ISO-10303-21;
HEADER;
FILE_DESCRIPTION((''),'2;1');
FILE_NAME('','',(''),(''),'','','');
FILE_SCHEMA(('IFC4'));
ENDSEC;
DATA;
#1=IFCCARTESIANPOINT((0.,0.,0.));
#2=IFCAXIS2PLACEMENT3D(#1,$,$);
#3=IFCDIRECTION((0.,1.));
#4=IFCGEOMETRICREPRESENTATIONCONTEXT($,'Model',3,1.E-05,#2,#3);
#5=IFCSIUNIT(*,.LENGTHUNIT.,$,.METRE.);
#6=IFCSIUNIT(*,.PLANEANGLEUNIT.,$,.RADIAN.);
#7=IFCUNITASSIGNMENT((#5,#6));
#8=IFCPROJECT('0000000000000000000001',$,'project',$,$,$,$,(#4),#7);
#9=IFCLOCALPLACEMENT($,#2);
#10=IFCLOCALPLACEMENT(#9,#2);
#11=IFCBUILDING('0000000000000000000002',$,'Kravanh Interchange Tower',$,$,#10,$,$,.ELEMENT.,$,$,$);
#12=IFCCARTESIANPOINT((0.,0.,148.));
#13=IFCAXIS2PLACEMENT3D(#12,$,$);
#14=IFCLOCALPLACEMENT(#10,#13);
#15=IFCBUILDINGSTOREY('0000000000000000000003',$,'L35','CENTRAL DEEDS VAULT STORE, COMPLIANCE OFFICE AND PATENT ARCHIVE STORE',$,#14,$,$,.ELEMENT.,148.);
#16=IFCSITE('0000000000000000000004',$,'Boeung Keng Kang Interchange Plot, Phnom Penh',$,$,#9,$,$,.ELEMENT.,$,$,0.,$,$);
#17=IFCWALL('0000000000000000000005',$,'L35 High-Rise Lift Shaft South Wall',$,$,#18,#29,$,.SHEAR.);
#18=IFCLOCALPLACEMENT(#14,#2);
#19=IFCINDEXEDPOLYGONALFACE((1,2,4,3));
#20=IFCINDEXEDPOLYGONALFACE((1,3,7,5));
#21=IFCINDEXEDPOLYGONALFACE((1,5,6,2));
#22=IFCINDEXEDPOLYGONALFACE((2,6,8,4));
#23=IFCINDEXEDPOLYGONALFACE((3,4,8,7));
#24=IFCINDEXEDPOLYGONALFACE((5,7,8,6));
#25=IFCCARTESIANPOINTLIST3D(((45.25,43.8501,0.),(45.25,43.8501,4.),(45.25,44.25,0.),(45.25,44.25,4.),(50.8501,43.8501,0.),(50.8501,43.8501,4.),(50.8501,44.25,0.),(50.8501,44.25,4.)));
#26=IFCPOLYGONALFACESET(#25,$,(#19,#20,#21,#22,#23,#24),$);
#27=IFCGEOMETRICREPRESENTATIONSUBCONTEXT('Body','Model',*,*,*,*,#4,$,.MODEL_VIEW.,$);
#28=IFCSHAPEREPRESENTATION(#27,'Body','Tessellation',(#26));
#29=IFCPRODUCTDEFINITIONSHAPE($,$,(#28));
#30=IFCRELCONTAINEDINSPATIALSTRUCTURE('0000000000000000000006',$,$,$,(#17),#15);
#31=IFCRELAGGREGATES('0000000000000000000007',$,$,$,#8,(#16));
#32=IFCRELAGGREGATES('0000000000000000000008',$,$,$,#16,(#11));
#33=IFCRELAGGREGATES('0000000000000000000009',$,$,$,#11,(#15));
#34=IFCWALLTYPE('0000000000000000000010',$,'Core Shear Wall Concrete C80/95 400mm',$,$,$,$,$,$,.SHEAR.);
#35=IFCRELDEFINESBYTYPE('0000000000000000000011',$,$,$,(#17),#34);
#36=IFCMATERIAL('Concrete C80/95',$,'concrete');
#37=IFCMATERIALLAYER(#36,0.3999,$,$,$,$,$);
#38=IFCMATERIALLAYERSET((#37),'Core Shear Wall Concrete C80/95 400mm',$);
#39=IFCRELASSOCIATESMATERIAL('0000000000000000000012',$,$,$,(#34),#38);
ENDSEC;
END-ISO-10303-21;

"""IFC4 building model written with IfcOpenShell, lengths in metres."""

from ifc_helpers import new_model, si_unit, direction, frame, frame_2d, origin, place, context, subcontext, project, spatial, rectangle, extrude, material, layer, layer_set, type_object, element, save


model = new_model("IFC4")

# Units and contexts
model_context = context("Model", 3, precision=1e-05, world=origin(), true_north=direction((0.0, 1.0)))
body_context = subcontext(model_context, "Body", "Model", "MODEL_VIEW")
ifc_project = project(units=[si_unit("LENGTHUNIT", "METRE"), si_unit("PLANEANGLEUNIT", "RADIAN")], contexts=[model_context])

# Site, building, storey
site_placement = place(None, origin())
site = spatial("IfcSite", under=ifc_project, at=site_placement, Name="Boeung Keng Kang Interchange Plot, Phnom Penh", CompositionType="ELEMENT", RefElevation=0.0)
building_placement = place(site_placement, origin())
building = spatial("IfcBuilding", under=site, at=building_placement, Name="Kravanh Interchange Tower", CompositionType="ELEMENT")
storey_placement = place(building_placement, frame((0.0, 0.0, 148.0)))
storey = spatial("IfcBuildingStorey", under=building, at=storey_placement, Name="L35", Description="CENTRAL DEEDS VAULT STORE, COMPLIANCE OFFICE AND PATENT ARCHIVE STORE", CompositionType="ELEMENT", Elevation=148.0)

# Shared definitions
ifc_material_1 = material(Name="Concrete C80/95", Category="concrete")
ifc_layer_1 = layer(ifc_material_1, 0.3999)
ifc_layer_set_1 = layer_set([ifc_layer_1], Name="Core Shear Wall Concrete C80/95 400mm")
wall_type_1 = type_object("IfcWallType", Name="Core Shear Wall Concrete C80/95 400mm", PredefinedType="SHEAR", material=ifc_layer_set_1)

# Wall
wall_1_placement = place(storey_placement, frame((45.25, 44.05, 0.0), z_axis=(0.0, 0.0, 1.0), x_axis=(1.0, 0.0, 0.0)))
element("IfcWall", 1, at=wall_1_placement, inside=storey, type_object=wall_type_1, Name="L35 High-Rise Lift Shaft South Wall", PredefinedType="SHEAR", context=body_context, shape_type="SweptSolid", body=[
    extrude(rectangle(XDim=5.6001, YDim=0.3999, at=frame_2d((2.8, 0.0))), origin(), (0.0, 0.0, 1.0), 4.0),
])

save(model, "model.ifc")
